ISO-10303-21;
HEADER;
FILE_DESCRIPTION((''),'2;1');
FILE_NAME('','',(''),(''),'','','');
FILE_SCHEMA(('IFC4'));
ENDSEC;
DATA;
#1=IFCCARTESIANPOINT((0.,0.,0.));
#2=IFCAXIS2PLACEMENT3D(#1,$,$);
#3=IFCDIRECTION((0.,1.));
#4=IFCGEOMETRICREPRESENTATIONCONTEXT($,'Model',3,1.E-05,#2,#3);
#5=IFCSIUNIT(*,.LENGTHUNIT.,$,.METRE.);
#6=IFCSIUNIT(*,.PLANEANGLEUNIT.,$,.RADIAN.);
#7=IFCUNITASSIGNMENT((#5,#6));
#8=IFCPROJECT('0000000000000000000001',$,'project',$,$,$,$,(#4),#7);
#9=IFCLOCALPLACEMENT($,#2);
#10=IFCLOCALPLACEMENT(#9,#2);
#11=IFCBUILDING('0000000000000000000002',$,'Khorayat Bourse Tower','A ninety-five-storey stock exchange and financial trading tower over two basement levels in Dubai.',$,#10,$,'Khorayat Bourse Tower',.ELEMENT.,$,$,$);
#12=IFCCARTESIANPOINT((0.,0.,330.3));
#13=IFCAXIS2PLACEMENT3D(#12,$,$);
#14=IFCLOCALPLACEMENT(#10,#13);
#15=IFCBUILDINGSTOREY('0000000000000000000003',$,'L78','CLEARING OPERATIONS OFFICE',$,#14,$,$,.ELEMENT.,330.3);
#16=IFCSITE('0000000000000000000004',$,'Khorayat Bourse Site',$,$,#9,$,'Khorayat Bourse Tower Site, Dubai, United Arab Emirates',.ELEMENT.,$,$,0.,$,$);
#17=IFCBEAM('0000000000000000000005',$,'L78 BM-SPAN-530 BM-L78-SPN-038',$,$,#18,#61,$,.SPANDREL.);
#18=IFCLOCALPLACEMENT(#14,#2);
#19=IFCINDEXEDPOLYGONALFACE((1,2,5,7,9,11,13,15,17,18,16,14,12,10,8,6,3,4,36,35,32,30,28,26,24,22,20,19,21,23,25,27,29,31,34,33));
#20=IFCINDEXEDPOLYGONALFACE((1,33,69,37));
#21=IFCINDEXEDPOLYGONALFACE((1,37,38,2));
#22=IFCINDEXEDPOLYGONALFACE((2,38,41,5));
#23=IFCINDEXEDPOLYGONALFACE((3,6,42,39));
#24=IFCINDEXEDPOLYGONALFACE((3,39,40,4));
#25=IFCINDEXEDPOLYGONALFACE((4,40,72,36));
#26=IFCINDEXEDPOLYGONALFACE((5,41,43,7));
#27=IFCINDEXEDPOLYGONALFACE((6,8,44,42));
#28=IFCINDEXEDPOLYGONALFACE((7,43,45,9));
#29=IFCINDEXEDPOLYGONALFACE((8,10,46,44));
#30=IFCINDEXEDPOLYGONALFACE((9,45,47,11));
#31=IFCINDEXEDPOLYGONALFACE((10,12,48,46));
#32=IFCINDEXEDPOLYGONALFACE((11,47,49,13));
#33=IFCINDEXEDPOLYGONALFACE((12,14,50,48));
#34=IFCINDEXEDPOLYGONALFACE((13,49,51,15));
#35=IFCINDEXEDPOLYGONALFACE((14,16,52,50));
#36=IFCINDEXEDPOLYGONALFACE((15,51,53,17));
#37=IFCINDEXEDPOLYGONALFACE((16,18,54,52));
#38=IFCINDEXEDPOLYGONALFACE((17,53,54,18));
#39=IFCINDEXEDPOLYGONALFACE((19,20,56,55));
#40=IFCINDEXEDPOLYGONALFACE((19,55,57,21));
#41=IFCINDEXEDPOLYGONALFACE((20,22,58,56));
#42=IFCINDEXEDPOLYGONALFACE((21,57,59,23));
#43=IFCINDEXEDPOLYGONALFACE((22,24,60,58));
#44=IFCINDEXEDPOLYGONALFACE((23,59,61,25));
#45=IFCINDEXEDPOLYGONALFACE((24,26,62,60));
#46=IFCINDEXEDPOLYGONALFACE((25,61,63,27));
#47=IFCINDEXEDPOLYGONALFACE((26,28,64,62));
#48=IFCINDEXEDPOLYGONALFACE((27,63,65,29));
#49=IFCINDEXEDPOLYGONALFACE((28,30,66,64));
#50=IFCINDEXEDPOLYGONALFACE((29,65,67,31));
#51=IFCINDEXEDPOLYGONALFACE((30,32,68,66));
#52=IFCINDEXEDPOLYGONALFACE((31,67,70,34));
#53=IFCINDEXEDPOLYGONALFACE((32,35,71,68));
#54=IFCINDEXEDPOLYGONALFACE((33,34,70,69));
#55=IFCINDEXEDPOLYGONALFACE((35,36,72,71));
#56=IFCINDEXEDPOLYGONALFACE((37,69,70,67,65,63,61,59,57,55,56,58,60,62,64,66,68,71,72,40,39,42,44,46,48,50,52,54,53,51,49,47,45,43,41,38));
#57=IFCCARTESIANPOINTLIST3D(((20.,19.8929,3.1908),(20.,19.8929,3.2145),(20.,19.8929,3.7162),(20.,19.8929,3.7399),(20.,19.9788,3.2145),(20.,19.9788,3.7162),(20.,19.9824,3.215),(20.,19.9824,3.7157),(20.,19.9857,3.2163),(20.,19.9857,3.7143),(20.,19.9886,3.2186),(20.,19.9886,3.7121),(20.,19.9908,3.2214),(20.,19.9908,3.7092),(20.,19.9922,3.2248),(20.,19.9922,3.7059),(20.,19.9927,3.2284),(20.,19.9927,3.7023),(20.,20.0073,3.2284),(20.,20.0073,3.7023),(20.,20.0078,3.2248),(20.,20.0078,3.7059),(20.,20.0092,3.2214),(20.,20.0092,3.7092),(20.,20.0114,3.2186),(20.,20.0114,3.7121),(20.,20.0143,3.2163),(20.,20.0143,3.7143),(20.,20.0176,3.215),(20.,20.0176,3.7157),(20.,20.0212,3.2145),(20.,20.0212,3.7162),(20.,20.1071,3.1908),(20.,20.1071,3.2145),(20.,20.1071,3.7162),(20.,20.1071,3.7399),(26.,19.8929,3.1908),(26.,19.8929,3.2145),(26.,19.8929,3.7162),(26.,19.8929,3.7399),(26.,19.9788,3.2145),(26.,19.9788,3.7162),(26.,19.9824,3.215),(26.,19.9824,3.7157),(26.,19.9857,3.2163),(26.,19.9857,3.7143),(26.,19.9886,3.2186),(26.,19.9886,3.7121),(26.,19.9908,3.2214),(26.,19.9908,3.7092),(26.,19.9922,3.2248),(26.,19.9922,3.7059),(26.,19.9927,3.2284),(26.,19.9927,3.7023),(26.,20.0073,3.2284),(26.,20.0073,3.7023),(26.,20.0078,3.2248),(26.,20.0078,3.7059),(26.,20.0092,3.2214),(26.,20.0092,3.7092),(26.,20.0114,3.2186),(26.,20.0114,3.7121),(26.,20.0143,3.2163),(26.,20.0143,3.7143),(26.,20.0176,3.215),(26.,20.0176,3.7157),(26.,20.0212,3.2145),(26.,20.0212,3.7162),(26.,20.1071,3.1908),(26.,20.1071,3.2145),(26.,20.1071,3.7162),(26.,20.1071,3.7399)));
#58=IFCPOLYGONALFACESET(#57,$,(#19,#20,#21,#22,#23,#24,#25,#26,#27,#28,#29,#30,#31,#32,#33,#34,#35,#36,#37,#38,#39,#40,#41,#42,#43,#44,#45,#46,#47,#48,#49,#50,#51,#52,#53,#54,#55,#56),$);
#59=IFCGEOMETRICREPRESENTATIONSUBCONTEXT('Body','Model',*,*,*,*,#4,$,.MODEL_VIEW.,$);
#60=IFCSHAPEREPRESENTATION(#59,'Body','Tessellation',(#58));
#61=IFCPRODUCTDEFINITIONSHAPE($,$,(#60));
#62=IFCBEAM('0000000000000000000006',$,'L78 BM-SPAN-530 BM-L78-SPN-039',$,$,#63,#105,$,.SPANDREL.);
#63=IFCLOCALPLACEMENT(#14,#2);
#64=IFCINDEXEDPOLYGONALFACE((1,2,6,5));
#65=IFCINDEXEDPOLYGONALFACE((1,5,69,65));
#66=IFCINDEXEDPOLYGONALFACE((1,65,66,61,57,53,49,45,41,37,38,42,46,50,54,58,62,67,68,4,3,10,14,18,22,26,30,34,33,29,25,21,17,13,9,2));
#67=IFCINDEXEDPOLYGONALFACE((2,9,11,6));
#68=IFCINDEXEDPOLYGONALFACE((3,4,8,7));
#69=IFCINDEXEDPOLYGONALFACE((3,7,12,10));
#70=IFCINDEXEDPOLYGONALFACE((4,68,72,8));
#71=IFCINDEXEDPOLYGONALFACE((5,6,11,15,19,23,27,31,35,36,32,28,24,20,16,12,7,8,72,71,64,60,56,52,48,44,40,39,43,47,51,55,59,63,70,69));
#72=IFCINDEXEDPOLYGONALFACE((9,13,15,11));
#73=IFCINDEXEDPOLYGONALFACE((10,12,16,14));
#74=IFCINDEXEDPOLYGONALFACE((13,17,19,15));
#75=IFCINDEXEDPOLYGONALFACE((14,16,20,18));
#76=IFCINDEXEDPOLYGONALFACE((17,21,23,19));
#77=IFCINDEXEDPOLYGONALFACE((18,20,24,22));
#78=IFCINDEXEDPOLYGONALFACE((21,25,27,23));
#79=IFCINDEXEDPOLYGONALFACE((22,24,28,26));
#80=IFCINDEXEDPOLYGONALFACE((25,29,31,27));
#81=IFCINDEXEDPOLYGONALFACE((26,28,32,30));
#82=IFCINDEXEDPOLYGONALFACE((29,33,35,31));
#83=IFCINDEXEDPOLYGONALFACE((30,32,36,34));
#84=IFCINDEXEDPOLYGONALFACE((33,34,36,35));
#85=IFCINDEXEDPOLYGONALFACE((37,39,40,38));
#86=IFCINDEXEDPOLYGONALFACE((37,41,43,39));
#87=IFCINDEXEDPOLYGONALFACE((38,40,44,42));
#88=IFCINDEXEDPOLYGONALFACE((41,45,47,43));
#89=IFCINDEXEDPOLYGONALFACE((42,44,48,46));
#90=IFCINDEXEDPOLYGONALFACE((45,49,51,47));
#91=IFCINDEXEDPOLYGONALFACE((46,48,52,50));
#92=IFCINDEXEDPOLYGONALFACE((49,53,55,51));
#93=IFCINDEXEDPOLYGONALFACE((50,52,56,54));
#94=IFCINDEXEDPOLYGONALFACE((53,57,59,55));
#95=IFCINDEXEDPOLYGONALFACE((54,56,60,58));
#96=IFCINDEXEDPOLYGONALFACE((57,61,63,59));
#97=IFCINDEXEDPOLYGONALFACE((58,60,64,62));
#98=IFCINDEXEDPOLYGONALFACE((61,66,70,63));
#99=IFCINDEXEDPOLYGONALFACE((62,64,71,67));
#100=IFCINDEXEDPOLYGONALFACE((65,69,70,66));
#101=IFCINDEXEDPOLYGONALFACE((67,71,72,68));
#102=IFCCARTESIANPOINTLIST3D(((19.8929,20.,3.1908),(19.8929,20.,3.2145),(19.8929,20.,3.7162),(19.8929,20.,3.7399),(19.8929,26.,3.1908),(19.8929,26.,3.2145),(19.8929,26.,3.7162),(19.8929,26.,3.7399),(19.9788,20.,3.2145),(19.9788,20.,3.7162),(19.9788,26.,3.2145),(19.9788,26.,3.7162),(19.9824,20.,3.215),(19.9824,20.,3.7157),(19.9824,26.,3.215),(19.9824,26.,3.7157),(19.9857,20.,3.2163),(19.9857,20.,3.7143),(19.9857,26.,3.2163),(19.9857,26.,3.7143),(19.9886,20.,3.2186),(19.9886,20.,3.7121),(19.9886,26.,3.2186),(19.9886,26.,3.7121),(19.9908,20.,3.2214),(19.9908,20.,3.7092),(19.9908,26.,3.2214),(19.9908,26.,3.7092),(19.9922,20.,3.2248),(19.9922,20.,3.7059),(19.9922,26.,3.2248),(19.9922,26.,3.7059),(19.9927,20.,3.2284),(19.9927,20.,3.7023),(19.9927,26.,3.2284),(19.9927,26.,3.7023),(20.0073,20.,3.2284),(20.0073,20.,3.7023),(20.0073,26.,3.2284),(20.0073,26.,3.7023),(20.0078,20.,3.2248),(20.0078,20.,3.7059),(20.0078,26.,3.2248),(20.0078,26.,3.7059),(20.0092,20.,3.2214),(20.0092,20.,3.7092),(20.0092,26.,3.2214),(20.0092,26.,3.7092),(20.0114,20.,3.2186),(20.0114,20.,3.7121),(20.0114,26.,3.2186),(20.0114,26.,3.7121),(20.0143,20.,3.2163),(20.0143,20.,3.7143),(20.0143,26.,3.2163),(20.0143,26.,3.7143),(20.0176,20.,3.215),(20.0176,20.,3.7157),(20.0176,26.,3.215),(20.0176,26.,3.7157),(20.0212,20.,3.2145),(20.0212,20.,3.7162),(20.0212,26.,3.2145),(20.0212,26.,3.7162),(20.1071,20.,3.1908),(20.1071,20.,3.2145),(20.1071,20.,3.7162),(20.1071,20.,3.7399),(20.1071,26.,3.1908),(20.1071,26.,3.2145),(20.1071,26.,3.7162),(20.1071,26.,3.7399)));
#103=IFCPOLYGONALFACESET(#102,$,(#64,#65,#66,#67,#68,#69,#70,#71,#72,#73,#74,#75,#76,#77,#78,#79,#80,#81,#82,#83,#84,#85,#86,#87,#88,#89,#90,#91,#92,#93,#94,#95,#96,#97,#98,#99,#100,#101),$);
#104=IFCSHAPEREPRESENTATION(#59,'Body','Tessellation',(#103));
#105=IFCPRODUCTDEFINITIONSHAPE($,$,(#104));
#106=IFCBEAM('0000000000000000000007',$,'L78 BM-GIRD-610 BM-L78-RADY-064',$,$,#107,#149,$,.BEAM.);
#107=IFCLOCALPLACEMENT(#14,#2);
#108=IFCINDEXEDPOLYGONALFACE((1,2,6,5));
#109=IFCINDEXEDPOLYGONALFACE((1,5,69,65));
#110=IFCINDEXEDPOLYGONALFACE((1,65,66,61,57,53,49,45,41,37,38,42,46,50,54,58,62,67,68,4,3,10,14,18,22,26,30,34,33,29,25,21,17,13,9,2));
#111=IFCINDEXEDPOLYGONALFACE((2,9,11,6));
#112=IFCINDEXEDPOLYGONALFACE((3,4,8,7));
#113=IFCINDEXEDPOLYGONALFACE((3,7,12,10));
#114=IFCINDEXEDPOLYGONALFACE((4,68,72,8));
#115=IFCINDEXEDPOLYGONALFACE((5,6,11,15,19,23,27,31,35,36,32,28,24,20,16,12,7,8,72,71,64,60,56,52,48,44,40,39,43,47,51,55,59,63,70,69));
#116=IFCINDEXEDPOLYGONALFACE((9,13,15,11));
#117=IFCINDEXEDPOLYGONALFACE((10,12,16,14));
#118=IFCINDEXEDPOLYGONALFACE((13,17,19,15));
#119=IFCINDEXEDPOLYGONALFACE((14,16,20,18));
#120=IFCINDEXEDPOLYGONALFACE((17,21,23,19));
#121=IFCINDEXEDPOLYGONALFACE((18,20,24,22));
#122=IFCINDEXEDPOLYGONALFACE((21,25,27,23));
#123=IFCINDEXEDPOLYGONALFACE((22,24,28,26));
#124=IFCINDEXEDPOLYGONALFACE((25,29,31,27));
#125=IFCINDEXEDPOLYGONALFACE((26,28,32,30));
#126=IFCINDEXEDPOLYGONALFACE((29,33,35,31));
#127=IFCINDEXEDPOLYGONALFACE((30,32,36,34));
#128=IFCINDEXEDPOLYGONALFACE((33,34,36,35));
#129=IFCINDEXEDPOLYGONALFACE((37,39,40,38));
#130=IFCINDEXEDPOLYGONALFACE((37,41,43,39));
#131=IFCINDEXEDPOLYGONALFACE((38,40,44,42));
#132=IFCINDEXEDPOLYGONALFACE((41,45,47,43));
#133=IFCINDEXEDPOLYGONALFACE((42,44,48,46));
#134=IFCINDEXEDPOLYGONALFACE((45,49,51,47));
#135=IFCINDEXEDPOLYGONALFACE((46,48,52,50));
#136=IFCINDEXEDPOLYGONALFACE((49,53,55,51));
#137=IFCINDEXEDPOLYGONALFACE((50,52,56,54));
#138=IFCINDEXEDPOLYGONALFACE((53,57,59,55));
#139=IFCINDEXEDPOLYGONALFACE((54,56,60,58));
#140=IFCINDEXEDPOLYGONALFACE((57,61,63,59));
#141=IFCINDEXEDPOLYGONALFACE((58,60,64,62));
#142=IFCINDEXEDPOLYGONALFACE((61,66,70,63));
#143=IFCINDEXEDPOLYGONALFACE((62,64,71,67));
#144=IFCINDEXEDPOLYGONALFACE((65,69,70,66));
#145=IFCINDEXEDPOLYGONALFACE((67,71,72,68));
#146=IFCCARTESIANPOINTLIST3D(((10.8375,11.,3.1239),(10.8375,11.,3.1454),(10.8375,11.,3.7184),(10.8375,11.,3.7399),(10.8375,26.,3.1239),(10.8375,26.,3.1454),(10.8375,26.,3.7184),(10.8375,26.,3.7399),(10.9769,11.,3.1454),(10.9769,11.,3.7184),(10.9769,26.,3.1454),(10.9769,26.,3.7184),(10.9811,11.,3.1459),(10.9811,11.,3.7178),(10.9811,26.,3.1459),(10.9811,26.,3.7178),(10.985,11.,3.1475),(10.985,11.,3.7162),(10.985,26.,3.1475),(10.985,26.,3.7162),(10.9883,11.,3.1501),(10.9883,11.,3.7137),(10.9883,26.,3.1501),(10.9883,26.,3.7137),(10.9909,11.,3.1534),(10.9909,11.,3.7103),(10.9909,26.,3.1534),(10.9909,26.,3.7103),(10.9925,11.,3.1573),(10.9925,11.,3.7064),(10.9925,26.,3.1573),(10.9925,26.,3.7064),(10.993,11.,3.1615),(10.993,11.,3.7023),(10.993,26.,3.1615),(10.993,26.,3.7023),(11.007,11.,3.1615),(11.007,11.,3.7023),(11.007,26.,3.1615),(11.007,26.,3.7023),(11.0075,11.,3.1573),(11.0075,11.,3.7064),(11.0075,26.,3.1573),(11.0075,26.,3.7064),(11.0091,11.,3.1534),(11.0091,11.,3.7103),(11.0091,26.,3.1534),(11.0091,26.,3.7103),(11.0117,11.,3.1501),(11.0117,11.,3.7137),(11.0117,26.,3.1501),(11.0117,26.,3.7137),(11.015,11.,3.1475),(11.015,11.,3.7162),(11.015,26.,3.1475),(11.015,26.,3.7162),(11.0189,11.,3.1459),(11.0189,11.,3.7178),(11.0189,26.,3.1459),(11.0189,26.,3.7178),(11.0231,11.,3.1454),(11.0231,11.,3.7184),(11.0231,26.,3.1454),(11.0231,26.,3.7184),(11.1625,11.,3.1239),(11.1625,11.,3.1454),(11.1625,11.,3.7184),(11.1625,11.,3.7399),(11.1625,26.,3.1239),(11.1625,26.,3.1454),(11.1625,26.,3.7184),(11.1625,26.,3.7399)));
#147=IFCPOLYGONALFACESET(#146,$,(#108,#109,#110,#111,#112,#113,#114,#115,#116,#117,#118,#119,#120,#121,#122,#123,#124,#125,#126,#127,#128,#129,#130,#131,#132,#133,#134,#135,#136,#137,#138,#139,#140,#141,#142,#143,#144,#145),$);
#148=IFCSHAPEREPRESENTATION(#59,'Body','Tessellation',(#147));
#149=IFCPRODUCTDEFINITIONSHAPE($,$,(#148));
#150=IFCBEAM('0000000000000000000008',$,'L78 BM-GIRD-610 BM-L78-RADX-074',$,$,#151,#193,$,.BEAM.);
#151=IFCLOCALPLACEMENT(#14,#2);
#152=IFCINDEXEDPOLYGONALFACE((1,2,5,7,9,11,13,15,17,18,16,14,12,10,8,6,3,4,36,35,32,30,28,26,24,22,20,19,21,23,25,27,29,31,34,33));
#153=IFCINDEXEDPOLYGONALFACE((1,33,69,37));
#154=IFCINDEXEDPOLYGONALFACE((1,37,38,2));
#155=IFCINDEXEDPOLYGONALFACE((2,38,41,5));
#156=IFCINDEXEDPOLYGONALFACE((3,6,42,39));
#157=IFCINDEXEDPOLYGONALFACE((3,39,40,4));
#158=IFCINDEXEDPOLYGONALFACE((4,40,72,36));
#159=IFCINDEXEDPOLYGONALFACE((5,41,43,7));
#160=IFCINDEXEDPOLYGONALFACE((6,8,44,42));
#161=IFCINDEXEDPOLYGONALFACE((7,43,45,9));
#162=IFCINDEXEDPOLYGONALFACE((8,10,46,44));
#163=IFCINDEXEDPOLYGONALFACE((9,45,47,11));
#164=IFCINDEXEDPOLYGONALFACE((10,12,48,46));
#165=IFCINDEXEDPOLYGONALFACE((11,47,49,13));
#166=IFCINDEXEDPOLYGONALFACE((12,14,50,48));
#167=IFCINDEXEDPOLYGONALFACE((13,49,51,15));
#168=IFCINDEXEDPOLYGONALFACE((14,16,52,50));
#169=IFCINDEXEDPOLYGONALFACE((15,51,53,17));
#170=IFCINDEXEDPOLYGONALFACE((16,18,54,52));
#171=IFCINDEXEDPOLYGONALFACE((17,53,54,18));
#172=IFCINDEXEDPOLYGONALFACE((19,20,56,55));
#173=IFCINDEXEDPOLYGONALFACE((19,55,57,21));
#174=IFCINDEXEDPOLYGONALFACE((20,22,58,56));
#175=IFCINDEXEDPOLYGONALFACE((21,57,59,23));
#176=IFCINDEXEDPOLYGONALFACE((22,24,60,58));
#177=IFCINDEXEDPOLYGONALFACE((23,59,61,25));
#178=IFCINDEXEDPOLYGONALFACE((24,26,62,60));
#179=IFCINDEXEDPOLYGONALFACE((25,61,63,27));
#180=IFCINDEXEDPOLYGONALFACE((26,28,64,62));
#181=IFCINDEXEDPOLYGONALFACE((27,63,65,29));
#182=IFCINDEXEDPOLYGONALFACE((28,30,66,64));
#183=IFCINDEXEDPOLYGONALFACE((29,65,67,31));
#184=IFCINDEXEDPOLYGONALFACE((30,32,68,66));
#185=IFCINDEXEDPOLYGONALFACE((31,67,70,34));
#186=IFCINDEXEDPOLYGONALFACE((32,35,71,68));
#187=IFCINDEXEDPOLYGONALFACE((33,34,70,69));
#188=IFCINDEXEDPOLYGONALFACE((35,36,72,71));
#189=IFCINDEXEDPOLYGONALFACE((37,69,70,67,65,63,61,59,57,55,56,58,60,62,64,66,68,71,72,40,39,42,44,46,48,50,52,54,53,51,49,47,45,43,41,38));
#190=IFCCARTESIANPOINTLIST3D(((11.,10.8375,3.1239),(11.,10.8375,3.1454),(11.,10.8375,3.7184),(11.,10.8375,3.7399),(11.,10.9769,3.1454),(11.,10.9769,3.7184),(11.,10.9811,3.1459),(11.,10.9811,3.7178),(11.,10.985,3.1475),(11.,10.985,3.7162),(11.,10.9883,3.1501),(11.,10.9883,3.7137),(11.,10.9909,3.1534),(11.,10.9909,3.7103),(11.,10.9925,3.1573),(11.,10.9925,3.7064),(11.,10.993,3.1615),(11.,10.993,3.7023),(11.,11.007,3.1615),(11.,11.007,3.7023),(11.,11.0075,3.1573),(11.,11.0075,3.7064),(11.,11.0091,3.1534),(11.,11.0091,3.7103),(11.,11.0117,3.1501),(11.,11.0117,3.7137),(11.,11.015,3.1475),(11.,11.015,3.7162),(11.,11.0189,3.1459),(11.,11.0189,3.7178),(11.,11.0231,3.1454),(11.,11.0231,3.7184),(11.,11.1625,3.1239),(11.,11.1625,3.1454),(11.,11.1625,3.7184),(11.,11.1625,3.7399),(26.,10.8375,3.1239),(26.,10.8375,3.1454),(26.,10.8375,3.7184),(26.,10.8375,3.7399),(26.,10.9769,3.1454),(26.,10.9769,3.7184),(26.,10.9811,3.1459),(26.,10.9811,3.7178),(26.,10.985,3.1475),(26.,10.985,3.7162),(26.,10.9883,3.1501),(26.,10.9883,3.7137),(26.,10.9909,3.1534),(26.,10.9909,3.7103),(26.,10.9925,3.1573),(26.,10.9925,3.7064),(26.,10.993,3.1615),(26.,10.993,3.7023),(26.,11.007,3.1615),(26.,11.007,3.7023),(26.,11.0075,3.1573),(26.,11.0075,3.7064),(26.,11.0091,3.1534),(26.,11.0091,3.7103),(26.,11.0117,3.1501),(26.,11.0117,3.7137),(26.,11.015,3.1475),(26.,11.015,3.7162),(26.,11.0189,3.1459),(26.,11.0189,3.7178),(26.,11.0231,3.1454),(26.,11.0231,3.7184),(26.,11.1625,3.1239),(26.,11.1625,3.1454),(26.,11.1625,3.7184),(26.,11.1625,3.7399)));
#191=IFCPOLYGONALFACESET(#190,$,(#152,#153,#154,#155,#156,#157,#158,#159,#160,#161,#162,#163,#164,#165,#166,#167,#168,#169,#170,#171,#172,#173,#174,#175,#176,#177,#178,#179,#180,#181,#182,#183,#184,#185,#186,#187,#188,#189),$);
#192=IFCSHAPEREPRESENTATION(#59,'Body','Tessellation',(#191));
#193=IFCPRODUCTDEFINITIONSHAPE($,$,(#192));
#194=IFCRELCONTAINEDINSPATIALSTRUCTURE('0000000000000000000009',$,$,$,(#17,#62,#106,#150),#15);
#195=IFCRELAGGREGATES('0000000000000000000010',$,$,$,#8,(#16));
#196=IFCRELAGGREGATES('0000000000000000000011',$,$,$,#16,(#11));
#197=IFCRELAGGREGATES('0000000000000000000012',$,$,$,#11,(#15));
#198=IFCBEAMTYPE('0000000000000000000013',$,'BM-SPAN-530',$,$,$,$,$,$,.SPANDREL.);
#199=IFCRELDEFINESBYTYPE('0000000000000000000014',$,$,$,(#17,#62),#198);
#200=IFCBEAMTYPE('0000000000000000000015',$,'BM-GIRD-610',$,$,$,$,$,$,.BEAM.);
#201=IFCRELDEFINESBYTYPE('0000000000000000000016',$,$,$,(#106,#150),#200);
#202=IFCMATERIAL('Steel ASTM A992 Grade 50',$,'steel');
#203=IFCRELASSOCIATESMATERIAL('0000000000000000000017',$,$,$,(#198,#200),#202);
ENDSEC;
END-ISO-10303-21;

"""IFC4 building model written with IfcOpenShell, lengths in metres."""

from ifc_helpers import new_model, si_unit, direction, frame, origin, origin_2d, place, context, subcontext, project, spatial, i_section, extrude, source, transform, mapped, material, material_profile, profile_set, type_object, element, save


model = new_model("IFC4")

# Units and contexts
model_context = context("Model", 3, precision=1e-05, world=origin(), true_north=direction((0.0, 1.0)))
body_context = subcontext(model_context, "Body", "Model", "MODEL_VIEW")
ifc_project = project(units=[si_unit("LENGTHUNIT", "METRE"), si_unit("PLANEANGLEUNIT", "RADIAN")], contexts=[model_context])

# Site, building, storey
site_placement = place(None, origin())
site = spatial("IfcSite", under=ifc_project, at=site_placement, Name="Khorayat Bourse Site", LongName="Khorayat Bourse Tower Site, Dubai, United Arab Emirates", CompositionType="ELEMENT", RefElevation=0.0)
building_placement = place(site_placement, origin())
building = spatial("IfcBuilding", under=site, at=building_placement, Name="Khorayat Bourse Tower", Description="A ninety-five-storey stock exchange and financial trading tower over two basement levels in Dubai.", LongName="Khorayat Bourse Tower", CompositionType="ELEMENT")
storey_placement = place(building_placement, frame((0.0, 0.0, 330.3)))
storey = spatial("IfcBuildingStorey", under=building, at=storey_placement, Name="L78", Description="CLEARING OPERATIONS OFFICE", CompositionType="ELEMENT", Elevation=330.3)

# Beams
ifc_material_1 = material(Name="Steel ASTM A992 Grade 50", Category="steel")
ifc_material_profile_1 = material_profile(ifc_material_1, i_section(OverallWidth=0.2141, OverallDepth=0.5491, WebThickness=0.0146, FlangeThickness=0.0237, FilletRadius=0.0139, at=origin_2d()), Name="W530X138")
ifc_profile_set_1 = profile_set([ifc_material_profile_1], Name="Steel ASTM A992 Grade 50")
beam_type_1 = type_object("IfcBeamType", Name="BM-SPAN-530", PredefinedType="SPANDREL", material=ifc_profile_set_1)
shared_shape_1 = source(origin(), body_context, "Body", "SweptSolid", [
    extrude(i_section(OverallWidth=0.2141, OverallDepth=0.5491, WebThickness=0.0146, FlangeThickness=0.0237, FilletRadius=0.0139, at=origin_2d()), origin(), (0.0, 0.0, 1.0), 6.0),
])
for number, where, z_axis, x_axis, name in (
    (1, (20.0, 20.0, 3.4653), (1.0, 0.0, 0.0), (0.0, 1.0, 0.0), "L78 BM-SPAN-530 BM-L78-SPN-038"),
    (2, (20.0, 20.0, 3.4653), (0.0, 1.0, 0.0), (-1.0, 0.0, 0.0), "L78 BM-SPAN-530 BM-L78-SPN-039"),
):
    element("IfcBeam", number, at=place(storey_placement, frame(where, z_axis=z_axis, x_axis=x_axis)), inside=storey, type_object=beam_type_1, Name=name, PredefinedType="SPANDREL", context=body_context, shape_type="MappedRepresentation", body=[
        mapped(shared_shape_1, transform((0.0, 0.0, 0.0), scale=1.0)),
    ])
ifc_material_profile_2 = material_profile(ifc_material_1, i_section(OverallWidth=0.325, OverallDepth=0.616, WebThickness=0.0139, FlangeThickness=0.0215, FilletRadius=0.0161, at=origin_2d()), Name="W610X174")
ifc_profile_set_2 = profile_set([ifc_material_profile_2], Name="Steel ASTM A992 Grade 50")
beam_type_2 = type_object("IfcBeamType", Name="BM-GIRD-610", PredefinedType="BEAM", material=ifc_profile_set_2)
shared_shape_2 = source(origin(), body_context, "Body", "SweptSolid", [
    extrude(i_section(OverallWidth=0.325, OverallDepth=0.616, WebThickness=0.0139, FlangeThickness=0.0215, FilletRadius=0.0161, at=origin_2d()), origin(), (0.0, 0.0, 1.0), 15.0),
])
for number, where, z_axis, x_axis, name in (
    (3, (11.0, 11.0, 3.4319), (0.0, 1.0, 0.0), (-1.0, 0.0, 0.0), "L78 BM-GIRD-610 BM-L78-RADY-064"),
    (4, (11.0, 11.0, 3.4319), (1.0, 0.0, 0.0), (0.0, 1.0, 0.0), "L78 BM-GIRD-610 BM-L78-RADX-074"),
):
    element("IfcBeam", number, at=place(storey_placement, frame(where, z_axis=z_axis, x_axis=x_axis)), inside=storey, type_object=beam_type_2, Name=name, PredefinedType="BEAM", context=body_context, shape_type="MappedRepresentation", body=[
        mapped(shared_shape_2, transform((0.0, 0.0, 0.0), scale=1.0)),
    ])

save(model, "model.ifc")
